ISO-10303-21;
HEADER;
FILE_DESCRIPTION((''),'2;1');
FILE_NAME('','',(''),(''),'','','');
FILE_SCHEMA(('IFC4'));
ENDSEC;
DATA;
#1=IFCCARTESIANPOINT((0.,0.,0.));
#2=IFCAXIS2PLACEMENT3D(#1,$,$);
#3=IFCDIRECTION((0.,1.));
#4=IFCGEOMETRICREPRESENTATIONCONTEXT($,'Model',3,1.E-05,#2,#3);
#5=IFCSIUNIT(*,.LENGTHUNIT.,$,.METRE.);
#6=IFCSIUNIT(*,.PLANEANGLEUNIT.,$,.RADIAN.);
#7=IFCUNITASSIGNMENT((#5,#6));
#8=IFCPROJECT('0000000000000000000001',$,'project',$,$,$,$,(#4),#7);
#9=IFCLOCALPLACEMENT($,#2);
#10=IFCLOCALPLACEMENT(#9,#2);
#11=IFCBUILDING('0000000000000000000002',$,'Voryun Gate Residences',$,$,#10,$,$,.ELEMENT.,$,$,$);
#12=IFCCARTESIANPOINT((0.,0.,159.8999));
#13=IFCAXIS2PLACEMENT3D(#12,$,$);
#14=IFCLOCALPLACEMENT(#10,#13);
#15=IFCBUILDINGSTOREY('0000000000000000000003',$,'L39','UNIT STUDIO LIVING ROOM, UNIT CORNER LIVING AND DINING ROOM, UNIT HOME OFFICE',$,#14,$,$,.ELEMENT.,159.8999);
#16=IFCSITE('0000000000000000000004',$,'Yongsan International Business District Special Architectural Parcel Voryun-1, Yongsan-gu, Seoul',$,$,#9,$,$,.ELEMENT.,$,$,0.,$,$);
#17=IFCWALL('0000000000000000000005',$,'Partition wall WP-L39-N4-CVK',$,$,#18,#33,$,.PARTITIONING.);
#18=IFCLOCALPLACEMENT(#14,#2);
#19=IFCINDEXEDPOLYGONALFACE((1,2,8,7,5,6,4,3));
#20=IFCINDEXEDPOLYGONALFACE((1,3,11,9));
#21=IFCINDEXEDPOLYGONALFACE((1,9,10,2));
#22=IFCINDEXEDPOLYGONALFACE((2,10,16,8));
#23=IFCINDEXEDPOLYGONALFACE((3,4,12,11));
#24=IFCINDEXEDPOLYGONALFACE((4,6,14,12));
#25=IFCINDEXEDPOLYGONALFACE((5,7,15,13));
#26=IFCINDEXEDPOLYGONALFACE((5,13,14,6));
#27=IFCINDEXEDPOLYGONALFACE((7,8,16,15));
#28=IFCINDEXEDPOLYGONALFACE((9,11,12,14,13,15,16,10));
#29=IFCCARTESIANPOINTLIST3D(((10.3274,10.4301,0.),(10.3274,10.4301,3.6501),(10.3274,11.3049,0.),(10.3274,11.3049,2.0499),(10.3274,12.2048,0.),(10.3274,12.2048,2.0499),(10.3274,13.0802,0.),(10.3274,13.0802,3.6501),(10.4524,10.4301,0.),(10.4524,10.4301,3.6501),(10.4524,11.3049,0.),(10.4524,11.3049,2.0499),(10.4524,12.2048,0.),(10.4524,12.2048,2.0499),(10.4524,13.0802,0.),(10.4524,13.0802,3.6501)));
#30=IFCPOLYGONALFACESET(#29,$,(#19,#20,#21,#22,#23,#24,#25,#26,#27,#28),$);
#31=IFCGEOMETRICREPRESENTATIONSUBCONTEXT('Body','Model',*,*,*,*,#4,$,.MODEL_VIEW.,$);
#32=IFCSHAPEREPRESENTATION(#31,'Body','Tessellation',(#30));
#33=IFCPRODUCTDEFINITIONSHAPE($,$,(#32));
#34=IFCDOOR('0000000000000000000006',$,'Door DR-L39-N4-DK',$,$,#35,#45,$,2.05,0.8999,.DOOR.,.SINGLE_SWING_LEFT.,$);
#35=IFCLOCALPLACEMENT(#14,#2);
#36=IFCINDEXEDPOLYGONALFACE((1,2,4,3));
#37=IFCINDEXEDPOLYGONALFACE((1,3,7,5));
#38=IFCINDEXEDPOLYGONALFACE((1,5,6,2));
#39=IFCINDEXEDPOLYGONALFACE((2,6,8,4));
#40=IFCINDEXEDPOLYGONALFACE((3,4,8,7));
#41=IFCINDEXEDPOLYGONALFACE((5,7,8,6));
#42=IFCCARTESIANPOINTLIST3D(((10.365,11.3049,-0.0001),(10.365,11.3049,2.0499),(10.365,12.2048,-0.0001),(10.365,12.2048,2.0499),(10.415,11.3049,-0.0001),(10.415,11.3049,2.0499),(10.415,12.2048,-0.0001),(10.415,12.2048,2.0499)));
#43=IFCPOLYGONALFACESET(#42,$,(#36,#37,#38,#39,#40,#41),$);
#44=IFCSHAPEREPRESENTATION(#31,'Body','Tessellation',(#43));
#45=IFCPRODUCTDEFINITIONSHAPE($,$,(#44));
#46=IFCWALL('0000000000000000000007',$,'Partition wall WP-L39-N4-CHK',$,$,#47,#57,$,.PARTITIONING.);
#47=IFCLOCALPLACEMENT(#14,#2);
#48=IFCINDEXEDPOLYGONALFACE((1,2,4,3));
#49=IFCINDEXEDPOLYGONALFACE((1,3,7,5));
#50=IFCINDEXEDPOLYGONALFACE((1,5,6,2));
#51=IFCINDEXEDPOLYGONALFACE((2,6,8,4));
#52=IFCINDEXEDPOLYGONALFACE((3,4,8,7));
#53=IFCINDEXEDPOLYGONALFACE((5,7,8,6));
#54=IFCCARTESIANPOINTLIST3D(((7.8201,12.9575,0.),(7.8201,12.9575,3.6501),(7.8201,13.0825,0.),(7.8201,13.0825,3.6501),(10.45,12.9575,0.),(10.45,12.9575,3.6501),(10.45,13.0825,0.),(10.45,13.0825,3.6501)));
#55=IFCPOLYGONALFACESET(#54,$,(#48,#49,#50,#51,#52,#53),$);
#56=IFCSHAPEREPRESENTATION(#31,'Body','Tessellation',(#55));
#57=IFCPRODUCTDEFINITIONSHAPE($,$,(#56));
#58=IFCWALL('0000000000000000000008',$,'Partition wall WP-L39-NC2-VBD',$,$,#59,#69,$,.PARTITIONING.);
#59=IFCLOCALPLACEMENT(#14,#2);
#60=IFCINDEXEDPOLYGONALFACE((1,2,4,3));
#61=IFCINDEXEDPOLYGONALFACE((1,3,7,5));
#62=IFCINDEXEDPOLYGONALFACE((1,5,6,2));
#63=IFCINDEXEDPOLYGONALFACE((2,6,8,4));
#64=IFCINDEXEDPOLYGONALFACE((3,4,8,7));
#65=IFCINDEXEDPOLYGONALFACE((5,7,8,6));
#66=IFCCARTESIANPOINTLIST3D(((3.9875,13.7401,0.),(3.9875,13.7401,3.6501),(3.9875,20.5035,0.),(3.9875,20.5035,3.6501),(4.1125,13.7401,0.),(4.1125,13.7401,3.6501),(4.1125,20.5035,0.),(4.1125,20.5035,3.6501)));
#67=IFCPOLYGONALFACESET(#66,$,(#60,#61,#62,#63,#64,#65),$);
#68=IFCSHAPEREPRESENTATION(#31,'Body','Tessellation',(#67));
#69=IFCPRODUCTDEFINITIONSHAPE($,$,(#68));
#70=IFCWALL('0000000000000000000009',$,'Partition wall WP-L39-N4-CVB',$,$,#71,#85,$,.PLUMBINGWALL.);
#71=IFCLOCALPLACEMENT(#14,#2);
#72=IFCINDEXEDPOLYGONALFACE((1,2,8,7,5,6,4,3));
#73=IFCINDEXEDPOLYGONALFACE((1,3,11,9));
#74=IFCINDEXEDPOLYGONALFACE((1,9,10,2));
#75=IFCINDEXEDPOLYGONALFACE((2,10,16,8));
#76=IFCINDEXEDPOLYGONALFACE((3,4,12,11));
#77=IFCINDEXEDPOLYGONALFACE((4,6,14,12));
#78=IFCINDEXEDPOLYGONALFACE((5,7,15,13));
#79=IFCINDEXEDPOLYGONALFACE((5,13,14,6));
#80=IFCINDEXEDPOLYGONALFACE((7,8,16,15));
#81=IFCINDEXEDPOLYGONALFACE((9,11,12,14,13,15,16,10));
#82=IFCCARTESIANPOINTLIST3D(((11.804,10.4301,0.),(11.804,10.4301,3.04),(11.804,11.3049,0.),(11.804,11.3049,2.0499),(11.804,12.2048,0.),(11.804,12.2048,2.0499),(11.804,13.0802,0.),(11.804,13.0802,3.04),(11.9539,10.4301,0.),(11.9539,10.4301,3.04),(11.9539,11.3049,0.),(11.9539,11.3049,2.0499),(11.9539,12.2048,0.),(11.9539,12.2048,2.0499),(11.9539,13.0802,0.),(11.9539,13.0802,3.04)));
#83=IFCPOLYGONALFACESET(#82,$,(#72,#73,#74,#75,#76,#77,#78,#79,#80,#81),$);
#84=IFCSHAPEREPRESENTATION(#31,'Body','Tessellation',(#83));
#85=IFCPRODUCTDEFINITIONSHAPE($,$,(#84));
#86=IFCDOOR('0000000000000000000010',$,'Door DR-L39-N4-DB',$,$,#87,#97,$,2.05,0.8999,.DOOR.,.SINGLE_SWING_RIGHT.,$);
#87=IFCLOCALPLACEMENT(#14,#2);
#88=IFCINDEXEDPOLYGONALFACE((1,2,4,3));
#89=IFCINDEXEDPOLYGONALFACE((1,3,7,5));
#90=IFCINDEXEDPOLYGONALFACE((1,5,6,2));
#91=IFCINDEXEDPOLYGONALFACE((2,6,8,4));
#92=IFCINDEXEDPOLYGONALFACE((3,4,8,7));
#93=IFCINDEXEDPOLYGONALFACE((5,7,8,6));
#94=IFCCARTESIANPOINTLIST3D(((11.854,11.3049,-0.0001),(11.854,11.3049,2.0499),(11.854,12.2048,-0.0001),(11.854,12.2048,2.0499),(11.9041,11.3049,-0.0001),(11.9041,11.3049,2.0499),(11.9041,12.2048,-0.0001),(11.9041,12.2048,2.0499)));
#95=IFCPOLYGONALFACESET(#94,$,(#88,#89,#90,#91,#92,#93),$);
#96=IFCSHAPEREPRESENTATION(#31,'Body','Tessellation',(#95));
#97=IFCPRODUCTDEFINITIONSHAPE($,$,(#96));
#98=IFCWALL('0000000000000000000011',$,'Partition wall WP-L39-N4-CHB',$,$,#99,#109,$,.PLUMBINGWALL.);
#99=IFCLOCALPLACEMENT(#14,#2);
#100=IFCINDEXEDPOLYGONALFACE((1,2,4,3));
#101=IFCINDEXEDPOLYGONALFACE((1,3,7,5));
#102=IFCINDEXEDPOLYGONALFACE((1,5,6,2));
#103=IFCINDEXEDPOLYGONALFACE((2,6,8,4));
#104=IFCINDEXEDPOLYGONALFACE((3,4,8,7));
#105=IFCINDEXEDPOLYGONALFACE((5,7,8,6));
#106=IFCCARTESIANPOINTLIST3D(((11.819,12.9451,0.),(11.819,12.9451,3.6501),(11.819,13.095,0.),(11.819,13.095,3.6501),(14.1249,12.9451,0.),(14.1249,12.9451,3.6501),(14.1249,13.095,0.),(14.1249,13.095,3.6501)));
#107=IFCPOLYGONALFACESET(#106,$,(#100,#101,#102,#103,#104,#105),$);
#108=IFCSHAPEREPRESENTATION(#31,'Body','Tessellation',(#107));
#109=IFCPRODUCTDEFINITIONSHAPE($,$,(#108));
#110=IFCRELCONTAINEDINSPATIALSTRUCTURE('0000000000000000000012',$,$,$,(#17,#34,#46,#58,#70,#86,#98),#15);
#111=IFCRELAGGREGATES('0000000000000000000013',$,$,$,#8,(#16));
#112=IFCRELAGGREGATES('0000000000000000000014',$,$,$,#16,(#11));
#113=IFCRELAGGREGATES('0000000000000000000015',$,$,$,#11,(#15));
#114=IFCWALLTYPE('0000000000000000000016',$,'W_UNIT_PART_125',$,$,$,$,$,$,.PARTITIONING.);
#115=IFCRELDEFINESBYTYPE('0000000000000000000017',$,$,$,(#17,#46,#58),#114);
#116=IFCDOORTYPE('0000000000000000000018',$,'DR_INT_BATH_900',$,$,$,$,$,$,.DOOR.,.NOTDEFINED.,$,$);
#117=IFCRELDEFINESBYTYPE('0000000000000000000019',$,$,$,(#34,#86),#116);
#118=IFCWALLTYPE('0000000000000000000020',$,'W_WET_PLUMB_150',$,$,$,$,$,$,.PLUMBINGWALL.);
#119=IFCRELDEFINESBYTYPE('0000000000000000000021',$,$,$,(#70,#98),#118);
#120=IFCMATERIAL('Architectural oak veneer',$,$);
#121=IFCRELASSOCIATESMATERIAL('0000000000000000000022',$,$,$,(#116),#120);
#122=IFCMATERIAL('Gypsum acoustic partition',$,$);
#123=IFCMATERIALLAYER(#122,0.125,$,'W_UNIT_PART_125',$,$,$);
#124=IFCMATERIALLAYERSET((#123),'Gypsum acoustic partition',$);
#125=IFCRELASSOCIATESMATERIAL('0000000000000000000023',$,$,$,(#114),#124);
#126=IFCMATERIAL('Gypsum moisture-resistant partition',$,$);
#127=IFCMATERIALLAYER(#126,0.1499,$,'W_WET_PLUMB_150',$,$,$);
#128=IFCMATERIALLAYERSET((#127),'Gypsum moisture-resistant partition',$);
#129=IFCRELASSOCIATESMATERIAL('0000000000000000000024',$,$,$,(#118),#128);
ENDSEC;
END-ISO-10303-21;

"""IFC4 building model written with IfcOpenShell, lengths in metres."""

from ifc_helpers import new_model, si_unit, direction, frame, frame_2d, origin, place, context, subcontext, project, spatial, rectangle, extrude, material, layer, layer_set, type_object, element, fill, save


model = new_model("IFC4")

# Units and contexts
model_context = context("Model", 3, precision=1e-05, world=origin(), true_north=direction((0.0, 1.0)))
body_context = subcontext(model_context, "Body", "Model", "MODEL_VIEW")
ifc_project = project(units=[si_unit("LENGTHUNIT", "METRE"), si_unit("PLANEANGLEUNIT", "RADIAN")], contexts=[model_context])

# Site, building, storey
site_placement = place(None, origin())
site = spatial("IfcSite", under=ifc_project, at=site_placement, Name="Yongsan International Business District Special Architectural Parcel Voryun-1, Yongsan-gu, Seoul", CompositionType="ELEMENT", RefElevation=0.0)
building_placement = place(site_placement, origin())
building = spatial("IfcBuilding", under=site, at=building_placement, Name="Voryun Gate Residences", CompositionType="ELEMENT")
storey_placement = place(building_placement, frame((0.0, 0.0, 159.8999)))
storey = spatial("IfcBuildingStorey", under=building, at=storey_placement, Name="L39", Description="UNIT STUDIO LIVING ROOM, UNIT CORNER LIVING AND DINING ROOM, UNIT HOME OFFICE", CompositionType="ELEMENT", Elevation=159.8999)

# Shared definitions
ifc_material_1 = material(Name="Architectural oak veneer")
door_type_1 = type_object("IfcDoorType", Name="DR_INT_BATH_900", OperationType="NOTDEFINED", PredefinedType="DOOR", material=ifc_material_1)

# Wall, opening, door
ifc_material_2 = material(Name="Gypsum acoustic partition")
ifc_layer_1 = layer(ifc_material_2, 0.125, Name="W_UNIT_PART_125")
ifc_layer_set_1 = layer_set([ifc_layer_1], Name="Gypsum acoustic partition")
wall_type_1 = type_object("IfcWallType", Name="W_UNIT_PART_125", PredefinedType="PARTITIONING", material=ifc_layer_set_1)
wall_1_placement = place(storey_placement, frame((10.3899, 10.4299, 0.0), z_axis=(0.0, 0.0, 1.0), x_axis=(0.0, 1.0, 0.0)))
wall_1 = element("IfcWall", 1, at=wall_1_placement, inside=storey, type_object=wall_type_1, Name="Partition wall WP-L39-N4-CVK", PredefinedType="PARTITIONING", context=body_context, shape_type="SweptSolid", body=[
    extrude(rectangle(XDim=2.6501, YDim=0.125, at=frame_2d((1.3252, 0.0))), origin(), (0.0, 0.0, 1.0), 3.6501),
])
opening_1_placement = place(wall_1_placement, frame((0.875, 0.0, 0.0)))
opening_1 = element("IfcOpeningElement", 2, at=opening_1_placement, cuts=wall_1, PredefinedType="OPENING", context=body_context, shape_type="SweptSolid", body=[
    extrude(rectangle(XDim=0.8999, YDim=2.05, at=frame_2d((0.45, 1.0249))), frame((0.0, 0.0725, 0.0), z_axis=(0.0, -1.0, 0.0), x_axis=(1.0, 0.0, 0.0)), (0.0, 0.0, 1.0), 0.145),
])
door_1_placement = place(opening_1_placement, origin())
door_1 = element("IfcDoor", 3, at=door_1_placement, inside=storey, type_object=door_type_1, Name="Door DR-L39-N4-DK", OperationType="SINGLE_SWING_LEFT", OverallHeight=2.05, OverallWidth=0.8999, PredefinedType="DOOR", context=body_context, shape_type="SweptSolid", body=[
    extrude(rectangle(XDim=0.8999, YDim=2.05, at=frame_2d((0.45, 1.0249))), frame((0.0, 0.0249, 0.0), z_axis=(0.0, -1.0, 0.0), x_axis=(1.0, 0.0, 0.0)), (0.0, 0.0, 1.0), 0.05),
])
fill(opening_1, door_1)

# Walls
wall_2_placement = place(storey_placement, frame((7.8201, 13.02, 0.0), z_axis=(0.0, 0.0, 1.0), x_axis=(1.0, 0.0, 0.0)))
element("IfcWall", 4, at=wall_2_placement, inside=storey, type_object=wall_type_1, Name="Partition wall WP-L39-N4-CHK", PredefinedType="PARTITIONING", context=body_context, shape_type="SweptSolid", body=[
    extrude(rectangle(XDim=2.6299, YDim=0.125, at=frame_2d((1.3149, 0.0))), origin(), (0.0, 0.0, 1.0), 3.6501),
])
wall_3_placement = place(storey_placement, frame((4.05, 13.74, 0.0), z_axis=(0.0, 0.0, 1.0), x_axis=(0.0, 1.0, 0.0)))
element("IfcWall", 5, at=wall_3_placement, inside=storey, type_object=wall_type_1, Name="Partition wall WP-L39-NC2-VBD", PredefinedType="PARTITIONING", context=body_context, shape_type="SweptSolid", body=[
    extrude(rectangle(XDim=6.7634, YDim=0.125, at=frame_2d((3.3818, 0.0))), origin(), (0.0, 0.0, 1.0), 3.6501),
])

# Wall, opening, door
ifc_material_3 = material(Name="Gypsum moisture-resistant partition")
ifc_layer_2 = layer(ifc_material_3, 0.1499, Name="W_WET_PLUMB_150")
ifc_layer_set_2 = layer_set([ifc_layer_2], Name="Gypsum moisture-resistant partition")
wall_type_2 = type_object("IfcWallType", Name="W_WET_PLUMB_150", PredefinedType="PLUMBINGWALL", material=ifc_layer_set_2)
wall_4_placement = place(storey_placement, frame((11.8789, 10.4299, 0.0), z_axis=(0.0, 0.0, 1.0), x_axis=(0.0, 1.0, 0.0)))
wall_4 = element("IfcWall", 6, at=wall_4_placement, inside=storey, type_object=wall_type_2, Name="Partition wall WP-L39-N4-CVB", PredefinedType="PLUMBINGWALL", context=body_context, shape_type="SweptSolid", body=[
    extrude(rectangle(XDim=2.6501, YDim=0.1499, at=frame_2d((1.3252, 0.0))), origin(), (0.0, 0.0, 1.0), 3.04),
])
opening_2_placement = place(wall_4_placement, frame((0.875, 0.0, 0.0)))
opening_2 = element("IfcOpeningElement", 7, at=opening_2_placement, cuts=wall_4, PredefinedType="OPENING", context=body_context, shape_type="SweptSolid", body=[
    extrude(rectangle(XDim=0.8999, YDim=2.05, at=frame_2d((0.45, 1.0249))), frame((0.0, 0.085, 0.0), z_axis=(0.0, -1.0, 0.0), x_axis=(1.0, 0.0, 0.0)), (0.0, 0.0, 1.0), 0.1699),
])
door_2_placement = place(opening_2_placement, origin())
door_2 = element("IfcDoor", 8, at=door_2_placement, inside=storey, type_object=door_type_1, Name="Door DR-L39-N4-DB", OperationType="SINGLE_SWING_RIGHT", OverallHeight=2.05, OverallWidth=0.8999, PredefinedType="DOOR", context=body_context, shape_type="SweptSolid", body=[
    extrude(rectangle(XDim=0.8999, YDim=2.05, at=frame_2d((0.45, 1.0249))), frame((0.0, 0.0249, 0.0), z_axis=(0.0, -1.0, 0.0), x_axis=(1.0, 0.0, 0.0)), (0.0, 0.0, 1.0), 0.05),
])
fill(opening_2, door_2)

# Wall
wall_5_placement = place(storey_placement, frame((11.8191, 13.02, 0.0), z_axis=(0.0, 0.0, 1.0), x_axis=(1.0, 0.0, 0.0)))
element("IfcWall", 9, at=wall_5_placement, inside=storey, type_object=wall_type_2, Name="Partition wall WP-L39-N4-CHB", PredefinedType="PLUMBINGWALL", context=body_context, shape_type="SweptSolid", body=[
    extrude(rectangle(XDim=2.3059, YDim=0.1499, at=frame_2d((1.1528, 0.0))), origin(), (0.0, 0.0, 1.0), 3.6501),
])

save(model, "model.ifc")
